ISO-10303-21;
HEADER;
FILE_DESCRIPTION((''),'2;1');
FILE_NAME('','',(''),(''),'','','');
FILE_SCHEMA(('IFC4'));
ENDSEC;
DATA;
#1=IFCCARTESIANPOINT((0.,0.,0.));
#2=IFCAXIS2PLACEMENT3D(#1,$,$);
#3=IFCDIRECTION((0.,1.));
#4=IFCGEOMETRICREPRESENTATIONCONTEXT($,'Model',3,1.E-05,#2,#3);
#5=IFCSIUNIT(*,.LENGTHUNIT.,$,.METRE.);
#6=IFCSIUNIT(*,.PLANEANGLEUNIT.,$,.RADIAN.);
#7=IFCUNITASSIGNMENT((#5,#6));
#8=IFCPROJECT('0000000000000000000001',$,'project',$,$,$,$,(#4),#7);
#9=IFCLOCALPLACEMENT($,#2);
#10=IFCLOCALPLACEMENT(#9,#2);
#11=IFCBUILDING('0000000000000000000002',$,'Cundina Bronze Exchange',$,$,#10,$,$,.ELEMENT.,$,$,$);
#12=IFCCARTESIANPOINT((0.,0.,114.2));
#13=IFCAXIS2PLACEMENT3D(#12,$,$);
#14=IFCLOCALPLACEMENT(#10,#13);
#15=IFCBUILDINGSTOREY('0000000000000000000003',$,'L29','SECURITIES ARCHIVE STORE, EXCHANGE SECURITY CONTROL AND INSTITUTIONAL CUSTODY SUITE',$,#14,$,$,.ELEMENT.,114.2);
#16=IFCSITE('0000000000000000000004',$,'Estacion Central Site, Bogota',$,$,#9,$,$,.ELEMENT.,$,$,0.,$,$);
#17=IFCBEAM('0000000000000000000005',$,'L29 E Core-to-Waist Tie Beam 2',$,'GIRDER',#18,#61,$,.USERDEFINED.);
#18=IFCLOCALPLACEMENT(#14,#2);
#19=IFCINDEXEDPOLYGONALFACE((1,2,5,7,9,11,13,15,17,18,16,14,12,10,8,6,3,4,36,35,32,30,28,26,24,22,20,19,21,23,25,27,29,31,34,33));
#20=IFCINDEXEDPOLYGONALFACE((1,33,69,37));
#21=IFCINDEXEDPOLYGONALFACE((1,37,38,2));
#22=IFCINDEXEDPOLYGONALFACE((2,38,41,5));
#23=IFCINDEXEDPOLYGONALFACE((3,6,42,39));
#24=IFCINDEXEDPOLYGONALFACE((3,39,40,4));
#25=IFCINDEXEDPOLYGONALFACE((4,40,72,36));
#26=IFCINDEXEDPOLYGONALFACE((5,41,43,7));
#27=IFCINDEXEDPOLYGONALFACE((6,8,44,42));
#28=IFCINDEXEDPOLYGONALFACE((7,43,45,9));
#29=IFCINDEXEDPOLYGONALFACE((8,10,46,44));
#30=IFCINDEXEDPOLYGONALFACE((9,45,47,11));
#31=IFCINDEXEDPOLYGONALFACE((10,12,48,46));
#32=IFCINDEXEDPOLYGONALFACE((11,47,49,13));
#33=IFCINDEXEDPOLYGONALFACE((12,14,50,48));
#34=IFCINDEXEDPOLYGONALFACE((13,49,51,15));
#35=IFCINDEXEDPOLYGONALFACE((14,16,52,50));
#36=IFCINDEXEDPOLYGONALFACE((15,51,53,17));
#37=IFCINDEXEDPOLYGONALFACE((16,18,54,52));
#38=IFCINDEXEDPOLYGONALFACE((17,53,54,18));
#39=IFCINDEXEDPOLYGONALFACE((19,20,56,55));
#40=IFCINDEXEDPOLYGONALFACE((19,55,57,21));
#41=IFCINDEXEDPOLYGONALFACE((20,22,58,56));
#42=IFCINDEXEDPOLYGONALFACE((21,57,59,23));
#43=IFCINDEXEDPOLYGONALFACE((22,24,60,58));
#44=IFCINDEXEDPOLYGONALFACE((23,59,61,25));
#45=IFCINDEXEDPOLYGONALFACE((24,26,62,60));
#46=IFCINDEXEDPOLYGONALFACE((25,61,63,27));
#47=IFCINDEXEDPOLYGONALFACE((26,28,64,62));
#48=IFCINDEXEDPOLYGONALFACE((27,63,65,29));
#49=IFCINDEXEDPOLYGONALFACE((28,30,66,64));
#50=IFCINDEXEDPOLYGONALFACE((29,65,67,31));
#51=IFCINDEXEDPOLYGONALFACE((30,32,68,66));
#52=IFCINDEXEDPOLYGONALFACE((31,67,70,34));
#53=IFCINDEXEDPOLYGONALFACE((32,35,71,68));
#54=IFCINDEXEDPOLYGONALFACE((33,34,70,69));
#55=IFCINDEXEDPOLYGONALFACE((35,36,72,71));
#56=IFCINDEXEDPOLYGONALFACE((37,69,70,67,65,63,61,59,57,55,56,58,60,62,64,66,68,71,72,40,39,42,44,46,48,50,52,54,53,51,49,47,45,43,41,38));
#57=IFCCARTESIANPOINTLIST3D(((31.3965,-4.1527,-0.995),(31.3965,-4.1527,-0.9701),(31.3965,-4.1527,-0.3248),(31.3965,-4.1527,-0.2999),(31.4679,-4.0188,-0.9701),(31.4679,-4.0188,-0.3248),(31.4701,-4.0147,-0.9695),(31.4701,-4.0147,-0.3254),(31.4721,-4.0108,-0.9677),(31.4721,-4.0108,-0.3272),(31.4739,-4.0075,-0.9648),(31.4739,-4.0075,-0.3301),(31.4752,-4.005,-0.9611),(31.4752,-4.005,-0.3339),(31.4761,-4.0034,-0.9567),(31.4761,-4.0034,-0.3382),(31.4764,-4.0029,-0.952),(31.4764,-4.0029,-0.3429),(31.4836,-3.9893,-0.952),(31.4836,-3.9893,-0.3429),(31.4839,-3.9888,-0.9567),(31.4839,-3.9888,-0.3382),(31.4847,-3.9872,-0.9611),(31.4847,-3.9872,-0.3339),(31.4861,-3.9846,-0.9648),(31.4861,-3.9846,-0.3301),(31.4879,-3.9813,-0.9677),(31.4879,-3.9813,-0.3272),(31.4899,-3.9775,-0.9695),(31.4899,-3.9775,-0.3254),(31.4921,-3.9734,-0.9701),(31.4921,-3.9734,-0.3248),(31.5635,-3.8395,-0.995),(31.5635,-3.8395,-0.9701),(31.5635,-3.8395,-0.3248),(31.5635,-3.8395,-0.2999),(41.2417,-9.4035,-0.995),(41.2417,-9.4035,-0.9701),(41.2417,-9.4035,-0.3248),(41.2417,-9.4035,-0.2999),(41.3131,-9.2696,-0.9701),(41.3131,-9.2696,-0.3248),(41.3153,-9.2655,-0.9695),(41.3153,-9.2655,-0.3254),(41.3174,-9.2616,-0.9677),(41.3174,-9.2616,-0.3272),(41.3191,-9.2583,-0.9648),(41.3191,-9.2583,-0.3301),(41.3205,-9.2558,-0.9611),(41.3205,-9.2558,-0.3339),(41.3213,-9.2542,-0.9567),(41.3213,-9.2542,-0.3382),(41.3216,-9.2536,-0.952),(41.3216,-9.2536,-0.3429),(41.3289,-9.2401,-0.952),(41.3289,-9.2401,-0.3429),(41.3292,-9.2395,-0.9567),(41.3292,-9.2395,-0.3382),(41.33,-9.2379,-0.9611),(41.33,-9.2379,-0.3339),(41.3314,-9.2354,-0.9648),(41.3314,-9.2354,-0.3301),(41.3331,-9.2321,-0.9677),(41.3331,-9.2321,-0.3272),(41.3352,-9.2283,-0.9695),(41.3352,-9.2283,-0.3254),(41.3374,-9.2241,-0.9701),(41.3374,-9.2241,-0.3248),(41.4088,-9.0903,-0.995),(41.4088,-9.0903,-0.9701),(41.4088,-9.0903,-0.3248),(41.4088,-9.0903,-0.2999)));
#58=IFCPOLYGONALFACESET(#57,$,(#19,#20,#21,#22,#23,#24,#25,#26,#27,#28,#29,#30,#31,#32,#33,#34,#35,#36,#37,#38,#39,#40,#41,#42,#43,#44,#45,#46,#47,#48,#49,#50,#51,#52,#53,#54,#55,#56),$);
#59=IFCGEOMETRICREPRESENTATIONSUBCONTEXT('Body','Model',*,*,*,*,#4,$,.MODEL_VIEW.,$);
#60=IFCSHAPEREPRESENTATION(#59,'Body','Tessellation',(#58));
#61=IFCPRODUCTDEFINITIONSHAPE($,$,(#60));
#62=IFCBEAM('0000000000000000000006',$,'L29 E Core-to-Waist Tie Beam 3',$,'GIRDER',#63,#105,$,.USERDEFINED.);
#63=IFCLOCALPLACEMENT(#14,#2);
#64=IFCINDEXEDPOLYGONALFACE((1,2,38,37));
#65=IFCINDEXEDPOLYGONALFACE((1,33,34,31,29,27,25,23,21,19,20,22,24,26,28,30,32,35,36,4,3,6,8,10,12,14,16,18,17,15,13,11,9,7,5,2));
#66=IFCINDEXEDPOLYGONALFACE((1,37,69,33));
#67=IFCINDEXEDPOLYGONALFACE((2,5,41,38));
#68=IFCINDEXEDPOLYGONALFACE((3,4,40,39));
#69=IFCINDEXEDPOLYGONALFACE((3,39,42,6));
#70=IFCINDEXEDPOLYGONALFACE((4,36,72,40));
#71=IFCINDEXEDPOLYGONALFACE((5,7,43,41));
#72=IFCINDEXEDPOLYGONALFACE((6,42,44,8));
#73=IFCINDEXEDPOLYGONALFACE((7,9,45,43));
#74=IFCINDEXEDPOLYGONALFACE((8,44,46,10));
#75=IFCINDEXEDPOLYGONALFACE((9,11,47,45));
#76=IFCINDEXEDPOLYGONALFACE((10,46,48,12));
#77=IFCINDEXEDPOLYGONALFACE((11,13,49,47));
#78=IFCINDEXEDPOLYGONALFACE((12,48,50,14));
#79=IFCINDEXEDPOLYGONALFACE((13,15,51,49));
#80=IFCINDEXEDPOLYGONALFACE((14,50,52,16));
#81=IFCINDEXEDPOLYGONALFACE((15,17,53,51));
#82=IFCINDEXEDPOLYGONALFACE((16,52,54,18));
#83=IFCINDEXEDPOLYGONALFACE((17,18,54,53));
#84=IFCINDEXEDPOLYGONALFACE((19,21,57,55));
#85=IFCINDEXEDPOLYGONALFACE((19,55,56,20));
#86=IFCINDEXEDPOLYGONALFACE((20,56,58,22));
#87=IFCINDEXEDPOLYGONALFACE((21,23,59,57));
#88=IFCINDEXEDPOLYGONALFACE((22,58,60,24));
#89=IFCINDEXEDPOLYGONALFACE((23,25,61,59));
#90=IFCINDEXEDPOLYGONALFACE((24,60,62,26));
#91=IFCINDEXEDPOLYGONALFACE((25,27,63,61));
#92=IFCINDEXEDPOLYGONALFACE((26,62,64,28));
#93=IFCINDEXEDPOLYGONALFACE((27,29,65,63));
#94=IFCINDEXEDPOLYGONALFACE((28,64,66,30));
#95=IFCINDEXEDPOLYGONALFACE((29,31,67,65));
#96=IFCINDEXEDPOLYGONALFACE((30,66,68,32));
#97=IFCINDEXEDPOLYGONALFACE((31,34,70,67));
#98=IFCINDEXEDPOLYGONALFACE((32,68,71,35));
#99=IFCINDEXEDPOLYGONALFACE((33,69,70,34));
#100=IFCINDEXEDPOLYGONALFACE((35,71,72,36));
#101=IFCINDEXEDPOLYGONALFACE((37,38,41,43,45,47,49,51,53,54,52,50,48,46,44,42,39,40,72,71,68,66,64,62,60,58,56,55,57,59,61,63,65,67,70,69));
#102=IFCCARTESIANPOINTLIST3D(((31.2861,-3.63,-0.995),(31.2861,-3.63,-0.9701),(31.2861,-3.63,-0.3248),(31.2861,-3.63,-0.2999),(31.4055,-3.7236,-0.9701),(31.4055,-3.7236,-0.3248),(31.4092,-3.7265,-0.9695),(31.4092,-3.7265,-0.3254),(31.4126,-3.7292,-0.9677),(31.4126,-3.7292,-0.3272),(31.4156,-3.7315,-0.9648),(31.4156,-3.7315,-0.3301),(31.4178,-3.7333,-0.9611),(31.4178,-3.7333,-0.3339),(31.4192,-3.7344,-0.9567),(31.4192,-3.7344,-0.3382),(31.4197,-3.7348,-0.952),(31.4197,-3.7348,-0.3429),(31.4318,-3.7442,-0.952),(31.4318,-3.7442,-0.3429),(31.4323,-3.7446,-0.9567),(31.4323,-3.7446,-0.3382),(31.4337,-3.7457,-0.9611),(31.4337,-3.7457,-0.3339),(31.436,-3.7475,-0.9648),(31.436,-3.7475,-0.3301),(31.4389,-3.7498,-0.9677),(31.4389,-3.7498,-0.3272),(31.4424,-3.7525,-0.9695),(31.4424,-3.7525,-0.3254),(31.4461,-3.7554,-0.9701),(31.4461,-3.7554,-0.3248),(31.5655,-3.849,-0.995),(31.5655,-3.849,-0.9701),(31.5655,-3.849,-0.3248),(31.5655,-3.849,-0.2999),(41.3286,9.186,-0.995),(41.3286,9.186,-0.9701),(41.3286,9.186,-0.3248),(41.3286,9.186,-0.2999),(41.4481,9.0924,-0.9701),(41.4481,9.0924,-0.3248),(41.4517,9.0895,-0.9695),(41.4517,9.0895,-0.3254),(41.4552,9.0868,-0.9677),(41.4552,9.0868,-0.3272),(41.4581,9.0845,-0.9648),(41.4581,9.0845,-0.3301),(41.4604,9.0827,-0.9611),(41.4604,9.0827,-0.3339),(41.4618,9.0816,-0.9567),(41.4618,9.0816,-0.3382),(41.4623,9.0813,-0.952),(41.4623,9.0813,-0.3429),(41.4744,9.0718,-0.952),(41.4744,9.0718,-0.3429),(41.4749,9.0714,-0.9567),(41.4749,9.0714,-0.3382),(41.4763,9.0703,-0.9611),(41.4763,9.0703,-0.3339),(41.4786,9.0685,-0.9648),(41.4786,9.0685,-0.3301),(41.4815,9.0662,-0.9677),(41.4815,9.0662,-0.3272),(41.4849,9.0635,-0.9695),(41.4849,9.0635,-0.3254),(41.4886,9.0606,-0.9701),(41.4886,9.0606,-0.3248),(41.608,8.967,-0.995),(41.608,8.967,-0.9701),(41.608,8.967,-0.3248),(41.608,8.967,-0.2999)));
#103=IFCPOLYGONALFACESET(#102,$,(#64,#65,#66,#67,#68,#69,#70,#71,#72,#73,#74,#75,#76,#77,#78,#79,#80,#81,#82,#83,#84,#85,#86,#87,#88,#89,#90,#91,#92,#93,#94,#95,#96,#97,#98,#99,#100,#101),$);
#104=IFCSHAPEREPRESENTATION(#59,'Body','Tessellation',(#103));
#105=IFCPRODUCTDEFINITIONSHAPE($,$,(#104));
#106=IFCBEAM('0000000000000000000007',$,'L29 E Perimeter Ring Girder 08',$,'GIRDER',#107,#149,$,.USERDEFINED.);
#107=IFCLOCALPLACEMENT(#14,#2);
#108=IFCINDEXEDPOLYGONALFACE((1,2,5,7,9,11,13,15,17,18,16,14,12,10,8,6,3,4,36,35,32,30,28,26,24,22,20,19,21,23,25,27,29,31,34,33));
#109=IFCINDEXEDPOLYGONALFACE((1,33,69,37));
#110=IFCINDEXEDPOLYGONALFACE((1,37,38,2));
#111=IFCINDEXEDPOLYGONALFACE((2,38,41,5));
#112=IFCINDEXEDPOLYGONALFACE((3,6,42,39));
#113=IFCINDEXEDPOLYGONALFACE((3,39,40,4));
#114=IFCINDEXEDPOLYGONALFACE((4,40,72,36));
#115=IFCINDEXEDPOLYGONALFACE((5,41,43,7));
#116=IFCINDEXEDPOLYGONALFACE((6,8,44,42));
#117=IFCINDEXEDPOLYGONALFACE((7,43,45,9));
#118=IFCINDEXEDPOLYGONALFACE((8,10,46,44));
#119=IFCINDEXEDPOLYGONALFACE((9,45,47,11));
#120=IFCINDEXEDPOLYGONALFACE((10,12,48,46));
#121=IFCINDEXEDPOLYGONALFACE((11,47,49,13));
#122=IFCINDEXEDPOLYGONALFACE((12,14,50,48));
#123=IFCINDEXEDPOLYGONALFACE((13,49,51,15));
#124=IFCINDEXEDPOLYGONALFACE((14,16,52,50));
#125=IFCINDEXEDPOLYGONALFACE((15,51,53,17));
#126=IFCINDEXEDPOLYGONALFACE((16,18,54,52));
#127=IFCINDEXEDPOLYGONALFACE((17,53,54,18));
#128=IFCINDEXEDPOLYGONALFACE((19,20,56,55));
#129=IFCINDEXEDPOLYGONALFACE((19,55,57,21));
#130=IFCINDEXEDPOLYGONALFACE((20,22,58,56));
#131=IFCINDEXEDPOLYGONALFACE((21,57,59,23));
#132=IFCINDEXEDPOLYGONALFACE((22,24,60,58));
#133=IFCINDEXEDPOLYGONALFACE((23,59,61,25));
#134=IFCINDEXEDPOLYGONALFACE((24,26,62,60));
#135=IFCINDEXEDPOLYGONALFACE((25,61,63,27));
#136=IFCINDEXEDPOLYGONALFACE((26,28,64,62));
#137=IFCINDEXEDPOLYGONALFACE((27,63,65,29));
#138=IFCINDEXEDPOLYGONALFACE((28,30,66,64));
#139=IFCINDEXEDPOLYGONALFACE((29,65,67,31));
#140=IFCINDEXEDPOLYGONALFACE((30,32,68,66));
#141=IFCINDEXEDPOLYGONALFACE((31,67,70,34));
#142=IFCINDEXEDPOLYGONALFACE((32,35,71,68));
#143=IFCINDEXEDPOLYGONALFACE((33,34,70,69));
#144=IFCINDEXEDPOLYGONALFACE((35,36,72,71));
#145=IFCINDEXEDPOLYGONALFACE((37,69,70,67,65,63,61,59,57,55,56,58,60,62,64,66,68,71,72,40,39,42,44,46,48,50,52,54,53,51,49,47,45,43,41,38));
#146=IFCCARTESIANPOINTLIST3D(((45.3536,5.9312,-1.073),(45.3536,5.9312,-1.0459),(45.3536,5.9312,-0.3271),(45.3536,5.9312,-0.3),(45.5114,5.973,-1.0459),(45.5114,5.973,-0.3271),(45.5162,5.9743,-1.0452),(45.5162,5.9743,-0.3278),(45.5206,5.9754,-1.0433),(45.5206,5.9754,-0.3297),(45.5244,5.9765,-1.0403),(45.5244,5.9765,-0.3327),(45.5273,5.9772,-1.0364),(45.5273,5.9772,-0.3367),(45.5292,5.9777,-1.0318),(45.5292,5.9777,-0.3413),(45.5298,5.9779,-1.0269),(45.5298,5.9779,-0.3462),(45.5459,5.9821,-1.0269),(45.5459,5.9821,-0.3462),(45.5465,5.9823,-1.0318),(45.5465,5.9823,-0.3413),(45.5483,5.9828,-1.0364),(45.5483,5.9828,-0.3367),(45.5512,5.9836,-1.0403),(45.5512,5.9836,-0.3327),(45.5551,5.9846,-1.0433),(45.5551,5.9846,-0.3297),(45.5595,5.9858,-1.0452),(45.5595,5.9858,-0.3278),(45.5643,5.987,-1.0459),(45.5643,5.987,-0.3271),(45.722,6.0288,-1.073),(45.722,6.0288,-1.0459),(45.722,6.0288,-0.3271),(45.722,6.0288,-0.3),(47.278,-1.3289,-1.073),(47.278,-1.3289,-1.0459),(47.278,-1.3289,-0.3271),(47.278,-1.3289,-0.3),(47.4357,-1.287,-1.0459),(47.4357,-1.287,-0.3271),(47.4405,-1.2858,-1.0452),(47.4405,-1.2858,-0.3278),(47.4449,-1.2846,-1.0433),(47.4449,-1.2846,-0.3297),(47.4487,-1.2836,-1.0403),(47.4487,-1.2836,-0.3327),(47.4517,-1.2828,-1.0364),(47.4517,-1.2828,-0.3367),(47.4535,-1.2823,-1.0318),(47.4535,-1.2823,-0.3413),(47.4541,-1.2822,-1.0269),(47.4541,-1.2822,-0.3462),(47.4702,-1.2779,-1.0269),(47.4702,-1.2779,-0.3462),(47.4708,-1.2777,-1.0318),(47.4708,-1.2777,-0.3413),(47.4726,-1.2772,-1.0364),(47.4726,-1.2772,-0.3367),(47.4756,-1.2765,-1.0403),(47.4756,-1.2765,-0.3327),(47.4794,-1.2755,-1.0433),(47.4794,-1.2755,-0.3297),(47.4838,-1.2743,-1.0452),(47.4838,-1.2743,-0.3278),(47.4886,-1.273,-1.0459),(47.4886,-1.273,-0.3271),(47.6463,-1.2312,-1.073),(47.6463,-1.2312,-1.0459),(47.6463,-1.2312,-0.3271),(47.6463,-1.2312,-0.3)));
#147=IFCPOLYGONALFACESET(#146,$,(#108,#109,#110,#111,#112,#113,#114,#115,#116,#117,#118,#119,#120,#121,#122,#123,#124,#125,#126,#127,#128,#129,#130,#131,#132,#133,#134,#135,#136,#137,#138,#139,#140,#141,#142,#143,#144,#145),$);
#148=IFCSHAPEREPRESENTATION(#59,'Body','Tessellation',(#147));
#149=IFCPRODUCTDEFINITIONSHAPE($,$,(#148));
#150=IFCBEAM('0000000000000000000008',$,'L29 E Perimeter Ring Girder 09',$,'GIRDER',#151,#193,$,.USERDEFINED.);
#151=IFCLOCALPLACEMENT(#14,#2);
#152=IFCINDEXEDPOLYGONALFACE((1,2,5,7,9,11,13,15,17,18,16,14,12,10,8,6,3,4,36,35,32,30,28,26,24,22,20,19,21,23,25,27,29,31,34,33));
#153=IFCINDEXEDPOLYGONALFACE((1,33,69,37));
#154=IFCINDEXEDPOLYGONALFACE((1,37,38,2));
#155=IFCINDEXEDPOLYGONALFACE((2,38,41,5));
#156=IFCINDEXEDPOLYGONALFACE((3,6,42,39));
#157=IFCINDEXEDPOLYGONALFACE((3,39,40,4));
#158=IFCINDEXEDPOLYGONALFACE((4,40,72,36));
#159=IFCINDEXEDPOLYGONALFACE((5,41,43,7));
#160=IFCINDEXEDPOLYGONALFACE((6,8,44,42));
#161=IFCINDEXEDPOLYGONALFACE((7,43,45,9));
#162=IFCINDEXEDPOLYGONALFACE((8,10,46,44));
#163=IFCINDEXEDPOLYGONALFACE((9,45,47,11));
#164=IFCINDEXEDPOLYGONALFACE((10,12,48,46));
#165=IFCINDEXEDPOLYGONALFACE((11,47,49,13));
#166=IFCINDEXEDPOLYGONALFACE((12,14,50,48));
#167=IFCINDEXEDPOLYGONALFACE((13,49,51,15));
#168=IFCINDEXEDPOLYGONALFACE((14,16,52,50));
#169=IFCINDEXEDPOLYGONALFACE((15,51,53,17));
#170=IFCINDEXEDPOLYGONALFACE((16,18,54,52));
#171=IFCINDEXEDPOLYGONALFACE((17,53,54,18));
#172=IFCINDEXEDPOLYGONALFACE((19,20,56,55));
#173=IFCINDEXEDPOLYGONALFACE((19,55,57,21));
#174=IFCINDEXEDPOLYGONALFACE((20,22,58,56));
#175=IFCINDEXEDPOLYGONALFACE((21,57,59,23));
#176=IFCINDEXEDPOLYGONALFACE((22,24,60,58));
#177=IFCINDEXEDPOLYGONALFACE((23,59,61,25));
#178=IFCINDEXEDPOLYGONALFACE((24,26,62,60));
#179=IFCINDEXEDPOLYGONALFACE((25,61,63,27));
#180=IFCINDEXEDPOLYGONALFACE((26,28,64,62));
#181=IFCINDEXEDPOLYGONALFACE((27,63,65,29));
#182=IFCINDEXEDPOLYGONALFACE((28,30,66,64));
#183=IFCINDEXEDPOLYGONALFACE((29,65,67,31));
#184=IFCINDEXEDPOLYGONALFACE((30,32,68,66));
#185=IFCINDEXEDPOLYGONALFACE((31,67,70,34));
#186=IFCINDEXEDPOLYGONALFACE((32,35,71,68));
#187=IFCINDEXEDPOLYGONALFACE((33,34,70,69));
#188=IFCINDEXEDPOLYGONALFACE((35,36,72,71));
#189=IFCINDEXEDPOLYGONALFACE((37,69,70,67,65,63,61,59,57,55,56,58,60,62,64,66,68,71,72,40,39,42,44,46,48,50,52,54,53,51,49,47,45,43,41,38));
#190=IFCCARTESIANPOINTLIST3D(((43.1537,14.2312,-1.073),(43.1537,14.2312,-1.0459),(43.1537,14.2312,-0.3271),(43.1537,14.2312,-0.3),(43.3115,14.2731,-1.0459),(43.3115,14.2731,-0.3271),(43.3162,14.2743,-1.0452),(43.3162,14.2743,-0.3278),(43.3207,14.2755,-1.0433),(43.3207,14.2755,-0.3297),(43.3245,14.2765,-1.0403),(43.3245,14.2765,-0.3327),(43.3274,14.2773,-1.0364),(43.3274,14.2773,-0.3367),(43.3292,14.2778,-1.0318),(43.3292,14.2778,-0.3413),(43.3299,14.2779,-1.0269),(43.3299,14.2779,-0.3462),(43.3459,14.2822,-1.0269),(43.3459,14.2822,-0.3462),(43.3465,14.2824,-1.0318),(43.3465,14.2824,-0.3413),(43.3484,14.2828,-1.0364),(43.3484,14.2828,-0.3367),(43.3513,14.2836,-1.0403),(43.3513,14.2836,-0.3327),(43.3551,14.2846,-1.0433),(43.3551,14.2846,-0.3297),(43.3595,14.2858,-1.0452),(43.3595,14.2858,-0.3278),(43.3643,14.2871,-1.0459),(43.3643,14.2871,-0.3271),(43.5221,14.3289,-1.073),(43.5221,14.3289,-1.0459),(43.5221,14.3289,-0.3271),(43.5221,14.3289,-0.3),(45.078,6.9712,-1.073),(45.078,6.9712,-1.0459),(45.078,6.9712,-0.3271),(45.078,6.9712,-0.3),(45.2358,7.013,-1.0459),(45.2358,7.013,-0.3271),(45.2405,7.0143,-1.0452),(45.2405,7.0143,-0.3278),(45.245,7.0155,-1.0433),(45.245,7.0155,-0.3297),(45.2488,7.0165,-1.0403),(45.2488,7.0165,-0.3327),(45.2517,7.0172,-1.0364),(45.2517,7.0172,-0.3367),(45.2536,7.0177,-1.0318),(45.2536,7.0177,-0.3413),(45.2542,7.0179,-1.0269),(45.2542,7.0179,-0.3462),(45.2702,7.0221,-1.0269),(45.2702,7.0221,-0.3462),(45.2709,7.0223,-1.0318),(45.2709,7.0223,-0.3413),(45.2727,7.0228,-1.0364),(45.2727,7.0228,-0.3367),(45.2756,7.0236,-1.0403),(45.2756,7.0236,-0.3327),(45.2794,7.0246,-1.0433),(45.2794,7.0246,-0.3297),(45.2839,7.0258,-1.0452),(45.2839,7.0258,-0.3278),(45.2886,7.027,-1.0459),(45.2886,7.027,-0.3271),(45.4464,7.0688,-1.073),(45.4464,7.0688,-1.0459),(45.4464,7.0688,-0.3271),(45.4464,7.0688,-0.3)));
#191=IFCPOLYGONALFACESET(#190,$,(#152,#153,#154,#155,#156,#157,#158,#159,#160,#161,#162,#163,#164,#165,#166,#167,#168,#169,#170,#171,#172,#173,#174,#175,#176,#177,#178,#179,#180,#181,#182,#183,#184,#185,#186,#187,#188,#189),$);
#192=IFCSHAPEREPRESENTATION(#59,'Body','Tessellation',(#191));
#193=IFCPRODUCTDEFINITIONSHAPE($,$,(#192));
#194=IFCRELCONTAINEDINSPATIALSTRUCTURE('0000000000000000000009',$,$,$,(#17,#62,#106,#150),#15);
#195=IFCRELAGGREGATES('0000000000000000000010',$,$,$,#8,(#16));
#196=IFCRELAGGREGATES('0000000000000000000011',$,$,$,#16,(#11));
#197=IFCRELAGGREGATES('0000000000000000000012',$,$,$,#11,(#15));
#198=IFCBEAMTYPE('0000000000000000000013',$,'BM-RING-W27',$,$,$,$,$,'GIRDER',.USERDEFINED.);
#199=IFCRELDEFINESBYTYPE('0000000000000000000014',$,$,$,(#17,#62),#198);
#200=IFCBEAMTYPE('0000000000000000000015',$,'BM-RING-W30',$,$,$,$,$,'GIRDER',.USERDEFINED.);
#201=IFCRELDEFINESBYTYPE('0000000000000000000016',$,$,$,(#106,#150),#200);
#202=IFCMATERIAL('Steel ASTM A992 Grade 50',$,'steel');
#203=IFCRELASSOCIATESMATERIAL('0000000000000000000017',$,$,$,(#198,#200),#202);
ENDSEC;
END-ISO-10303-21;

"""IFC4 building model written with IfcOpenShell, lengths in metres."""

from ifc_helpers import new_model, si_unit, direction, frame, origin, origin_2d, place, context, subcontext, project, spatial, i_section, extrude, material, material_profile, profile_set, type_object, element, save


model = new_model("IFC4")

# Units and contexts
model_context = context("Model", 3, precision=1e-05, world=origin(), true_north=direction((0.0, 1.0)))
body_context = subcontext(model_context, "Body", "Model", "MODEL_VIEW")
ifc_project = project(units=[si_unit("LENGTHUNIT", "METRE"), si_unit("PLANEANGLEUNIT", "RADIAN")], contexts=[model_context])

# Site, building, storey
site_placement = place(None, origin())
site = spatial("IfcSite", under=ifc_project, at=site_placement, Name="Estacion Central Site, Bogota", CompositionType="ELEMENT", RefElevation=0.0)
building_placement = place(site_placement, origin())
building = spatial("IfcBuilding", under=site, at=building_placement, Name="Cundina Bronze Exchange", CompositionType="ELEMENT")
storey_placement = place(building_placement, frame((0.0, 0.0, 114.2)))
storey = spatial("IfcBuildingStorey", under=building, at=storey_placement, Name="L29", Description="SECURITIES ARCHIVE STORE, EXCHANGE SECURITY CONTROL AND INSTITUTIONAL CUSTODY SUITE", CompositionType="ELEMENT", Elevation=114.2)

# Shared definitions
ifc_material_1 = material(Name="Steel ASTM A992 Grade 50", Category="steel")

# Beams
ifc_material_profile_1 = material_profile(ifc_material_1, i_section(OverallWidth=0.355, OverallDepth=0.6951, WebThickness=0.0154, FlangeThickness=0.0249, FilletRadius=0.0181, at=origin_2d()), Name="W27X146", Category="steel")
ifc_profile_set_1 = profile_set([ifc_material_profile_1], Name="Steel ASTM A992 Grade 50")
beam_type_1 = type_object("IfcBeamType", Name="BM-RING-W27", ElementType="GIRDER", PredefinedType="USERDEFINED", material=ifc_profile_set_1)
beam_1_placement = place(storey_placement, frame((31.48, -3.9961, -0.6475), z_axis=(0.882355, -0.470585, 0.0), x_axis=(0.470585, 0.882355, 0.0)))
element("IfcBeam", 1, at=beam_1_placement, inside=storey, type_object=beam_type_1, Name="L29 E Core-to-Waist Tie Beam 2", ObjectType="GIRDER", PredefinedType="USERDEFINED", context=body_context, shape_type="SweptSolid", body=[
    extrude(i_section(OverallWidth=0.355, OverallDepth=0.6951, WebThickness=0.0154, FlangeThickness=0.0249, FilletRadius=0.0181, at=origin_2d()), origin(), (0.0, 0.0, 1.0), 11.158),
])
beam_2_placement = place(storey_placement, frame((31.4258, -3.7395, -0.6475), z_axis=(0.616789, 0.787128, 0.0), x_axis=(-0.787128, 0.616789, 0.0)))
element("IfcBeam", 2, at=beam_2_placement, inside=storey, type_object=beam_type_1, Name="L29 E Core-to-Waist Tie Beam 3", ObjectType="GIRDER", PredefinedType="USERDEFINED", context=body_context, shape_type="SweptSolid", body=[
    extrude(i_section(OverallWidth=0.355, OverallDepth=0.6951, WebThickness=0.0154, FlangeThickness=0.0249, FilletRadius=0.0181, at=origin_2d()), origin(), (0.0, 0.0, 1.0), 16.282),
])
ifc_material_profile_2 = material_profile(ifc_material_1, i_section(OverallWidth=0.3811, OverallDepth=0.7729, WebThickness=0.0166, FlangeThickness=0.0271, FilletRadius=0.019, at=origin_2d()), Name="W30X173", Category="steel")
ifc_profile_set_2 = profile_set([ifc_material_profile_2], Name="Steel ASTM A992 Grade 50")
beam_type_2 = type_object("IfcBeamType", Name="BM-RING-W30", ElementType="GIRDER", PredefinedType="USERDEFINED", material=ifc_profile_set_2)
for number, where, z_axis, x_axis, name in (
    (3, (47.4622, -1.28, -0.6865), (-0.25621, 0.966621, 0.0), (-0.966621, -0.25621, 0.0), "L29 E Perimeter Ring Girder 08"),
    (4, (45.2622, 7.02, -0.6865), (-0.25621, 0.966621, 0.0), (-0.966621, -0.25621, 0.0), "L29 E Perimeter Ring Girder 09"),
):
    element("IfcBeam", number, at=place(storey_placement, frame(where, z_axis=z_axis, x_axis=x_axis)), inside=storey, type_object=beam_type_2, Name=name, ObjectType="GIRDER", PredefinedType="USERDEFINED", context=body_context, shape_type="SweptSolid", body=[
        extrude(i_section(OverallWidth=0.3811, OverallDepth=0.7729, WebThickness=0.0166, FlangeThickness=0.0271, FilletRadius=0.019, at=origin_2d()), origin(), (0.0, 0.0, 1.0), 7.5107),
    ])

save(model, "model.ifc")
